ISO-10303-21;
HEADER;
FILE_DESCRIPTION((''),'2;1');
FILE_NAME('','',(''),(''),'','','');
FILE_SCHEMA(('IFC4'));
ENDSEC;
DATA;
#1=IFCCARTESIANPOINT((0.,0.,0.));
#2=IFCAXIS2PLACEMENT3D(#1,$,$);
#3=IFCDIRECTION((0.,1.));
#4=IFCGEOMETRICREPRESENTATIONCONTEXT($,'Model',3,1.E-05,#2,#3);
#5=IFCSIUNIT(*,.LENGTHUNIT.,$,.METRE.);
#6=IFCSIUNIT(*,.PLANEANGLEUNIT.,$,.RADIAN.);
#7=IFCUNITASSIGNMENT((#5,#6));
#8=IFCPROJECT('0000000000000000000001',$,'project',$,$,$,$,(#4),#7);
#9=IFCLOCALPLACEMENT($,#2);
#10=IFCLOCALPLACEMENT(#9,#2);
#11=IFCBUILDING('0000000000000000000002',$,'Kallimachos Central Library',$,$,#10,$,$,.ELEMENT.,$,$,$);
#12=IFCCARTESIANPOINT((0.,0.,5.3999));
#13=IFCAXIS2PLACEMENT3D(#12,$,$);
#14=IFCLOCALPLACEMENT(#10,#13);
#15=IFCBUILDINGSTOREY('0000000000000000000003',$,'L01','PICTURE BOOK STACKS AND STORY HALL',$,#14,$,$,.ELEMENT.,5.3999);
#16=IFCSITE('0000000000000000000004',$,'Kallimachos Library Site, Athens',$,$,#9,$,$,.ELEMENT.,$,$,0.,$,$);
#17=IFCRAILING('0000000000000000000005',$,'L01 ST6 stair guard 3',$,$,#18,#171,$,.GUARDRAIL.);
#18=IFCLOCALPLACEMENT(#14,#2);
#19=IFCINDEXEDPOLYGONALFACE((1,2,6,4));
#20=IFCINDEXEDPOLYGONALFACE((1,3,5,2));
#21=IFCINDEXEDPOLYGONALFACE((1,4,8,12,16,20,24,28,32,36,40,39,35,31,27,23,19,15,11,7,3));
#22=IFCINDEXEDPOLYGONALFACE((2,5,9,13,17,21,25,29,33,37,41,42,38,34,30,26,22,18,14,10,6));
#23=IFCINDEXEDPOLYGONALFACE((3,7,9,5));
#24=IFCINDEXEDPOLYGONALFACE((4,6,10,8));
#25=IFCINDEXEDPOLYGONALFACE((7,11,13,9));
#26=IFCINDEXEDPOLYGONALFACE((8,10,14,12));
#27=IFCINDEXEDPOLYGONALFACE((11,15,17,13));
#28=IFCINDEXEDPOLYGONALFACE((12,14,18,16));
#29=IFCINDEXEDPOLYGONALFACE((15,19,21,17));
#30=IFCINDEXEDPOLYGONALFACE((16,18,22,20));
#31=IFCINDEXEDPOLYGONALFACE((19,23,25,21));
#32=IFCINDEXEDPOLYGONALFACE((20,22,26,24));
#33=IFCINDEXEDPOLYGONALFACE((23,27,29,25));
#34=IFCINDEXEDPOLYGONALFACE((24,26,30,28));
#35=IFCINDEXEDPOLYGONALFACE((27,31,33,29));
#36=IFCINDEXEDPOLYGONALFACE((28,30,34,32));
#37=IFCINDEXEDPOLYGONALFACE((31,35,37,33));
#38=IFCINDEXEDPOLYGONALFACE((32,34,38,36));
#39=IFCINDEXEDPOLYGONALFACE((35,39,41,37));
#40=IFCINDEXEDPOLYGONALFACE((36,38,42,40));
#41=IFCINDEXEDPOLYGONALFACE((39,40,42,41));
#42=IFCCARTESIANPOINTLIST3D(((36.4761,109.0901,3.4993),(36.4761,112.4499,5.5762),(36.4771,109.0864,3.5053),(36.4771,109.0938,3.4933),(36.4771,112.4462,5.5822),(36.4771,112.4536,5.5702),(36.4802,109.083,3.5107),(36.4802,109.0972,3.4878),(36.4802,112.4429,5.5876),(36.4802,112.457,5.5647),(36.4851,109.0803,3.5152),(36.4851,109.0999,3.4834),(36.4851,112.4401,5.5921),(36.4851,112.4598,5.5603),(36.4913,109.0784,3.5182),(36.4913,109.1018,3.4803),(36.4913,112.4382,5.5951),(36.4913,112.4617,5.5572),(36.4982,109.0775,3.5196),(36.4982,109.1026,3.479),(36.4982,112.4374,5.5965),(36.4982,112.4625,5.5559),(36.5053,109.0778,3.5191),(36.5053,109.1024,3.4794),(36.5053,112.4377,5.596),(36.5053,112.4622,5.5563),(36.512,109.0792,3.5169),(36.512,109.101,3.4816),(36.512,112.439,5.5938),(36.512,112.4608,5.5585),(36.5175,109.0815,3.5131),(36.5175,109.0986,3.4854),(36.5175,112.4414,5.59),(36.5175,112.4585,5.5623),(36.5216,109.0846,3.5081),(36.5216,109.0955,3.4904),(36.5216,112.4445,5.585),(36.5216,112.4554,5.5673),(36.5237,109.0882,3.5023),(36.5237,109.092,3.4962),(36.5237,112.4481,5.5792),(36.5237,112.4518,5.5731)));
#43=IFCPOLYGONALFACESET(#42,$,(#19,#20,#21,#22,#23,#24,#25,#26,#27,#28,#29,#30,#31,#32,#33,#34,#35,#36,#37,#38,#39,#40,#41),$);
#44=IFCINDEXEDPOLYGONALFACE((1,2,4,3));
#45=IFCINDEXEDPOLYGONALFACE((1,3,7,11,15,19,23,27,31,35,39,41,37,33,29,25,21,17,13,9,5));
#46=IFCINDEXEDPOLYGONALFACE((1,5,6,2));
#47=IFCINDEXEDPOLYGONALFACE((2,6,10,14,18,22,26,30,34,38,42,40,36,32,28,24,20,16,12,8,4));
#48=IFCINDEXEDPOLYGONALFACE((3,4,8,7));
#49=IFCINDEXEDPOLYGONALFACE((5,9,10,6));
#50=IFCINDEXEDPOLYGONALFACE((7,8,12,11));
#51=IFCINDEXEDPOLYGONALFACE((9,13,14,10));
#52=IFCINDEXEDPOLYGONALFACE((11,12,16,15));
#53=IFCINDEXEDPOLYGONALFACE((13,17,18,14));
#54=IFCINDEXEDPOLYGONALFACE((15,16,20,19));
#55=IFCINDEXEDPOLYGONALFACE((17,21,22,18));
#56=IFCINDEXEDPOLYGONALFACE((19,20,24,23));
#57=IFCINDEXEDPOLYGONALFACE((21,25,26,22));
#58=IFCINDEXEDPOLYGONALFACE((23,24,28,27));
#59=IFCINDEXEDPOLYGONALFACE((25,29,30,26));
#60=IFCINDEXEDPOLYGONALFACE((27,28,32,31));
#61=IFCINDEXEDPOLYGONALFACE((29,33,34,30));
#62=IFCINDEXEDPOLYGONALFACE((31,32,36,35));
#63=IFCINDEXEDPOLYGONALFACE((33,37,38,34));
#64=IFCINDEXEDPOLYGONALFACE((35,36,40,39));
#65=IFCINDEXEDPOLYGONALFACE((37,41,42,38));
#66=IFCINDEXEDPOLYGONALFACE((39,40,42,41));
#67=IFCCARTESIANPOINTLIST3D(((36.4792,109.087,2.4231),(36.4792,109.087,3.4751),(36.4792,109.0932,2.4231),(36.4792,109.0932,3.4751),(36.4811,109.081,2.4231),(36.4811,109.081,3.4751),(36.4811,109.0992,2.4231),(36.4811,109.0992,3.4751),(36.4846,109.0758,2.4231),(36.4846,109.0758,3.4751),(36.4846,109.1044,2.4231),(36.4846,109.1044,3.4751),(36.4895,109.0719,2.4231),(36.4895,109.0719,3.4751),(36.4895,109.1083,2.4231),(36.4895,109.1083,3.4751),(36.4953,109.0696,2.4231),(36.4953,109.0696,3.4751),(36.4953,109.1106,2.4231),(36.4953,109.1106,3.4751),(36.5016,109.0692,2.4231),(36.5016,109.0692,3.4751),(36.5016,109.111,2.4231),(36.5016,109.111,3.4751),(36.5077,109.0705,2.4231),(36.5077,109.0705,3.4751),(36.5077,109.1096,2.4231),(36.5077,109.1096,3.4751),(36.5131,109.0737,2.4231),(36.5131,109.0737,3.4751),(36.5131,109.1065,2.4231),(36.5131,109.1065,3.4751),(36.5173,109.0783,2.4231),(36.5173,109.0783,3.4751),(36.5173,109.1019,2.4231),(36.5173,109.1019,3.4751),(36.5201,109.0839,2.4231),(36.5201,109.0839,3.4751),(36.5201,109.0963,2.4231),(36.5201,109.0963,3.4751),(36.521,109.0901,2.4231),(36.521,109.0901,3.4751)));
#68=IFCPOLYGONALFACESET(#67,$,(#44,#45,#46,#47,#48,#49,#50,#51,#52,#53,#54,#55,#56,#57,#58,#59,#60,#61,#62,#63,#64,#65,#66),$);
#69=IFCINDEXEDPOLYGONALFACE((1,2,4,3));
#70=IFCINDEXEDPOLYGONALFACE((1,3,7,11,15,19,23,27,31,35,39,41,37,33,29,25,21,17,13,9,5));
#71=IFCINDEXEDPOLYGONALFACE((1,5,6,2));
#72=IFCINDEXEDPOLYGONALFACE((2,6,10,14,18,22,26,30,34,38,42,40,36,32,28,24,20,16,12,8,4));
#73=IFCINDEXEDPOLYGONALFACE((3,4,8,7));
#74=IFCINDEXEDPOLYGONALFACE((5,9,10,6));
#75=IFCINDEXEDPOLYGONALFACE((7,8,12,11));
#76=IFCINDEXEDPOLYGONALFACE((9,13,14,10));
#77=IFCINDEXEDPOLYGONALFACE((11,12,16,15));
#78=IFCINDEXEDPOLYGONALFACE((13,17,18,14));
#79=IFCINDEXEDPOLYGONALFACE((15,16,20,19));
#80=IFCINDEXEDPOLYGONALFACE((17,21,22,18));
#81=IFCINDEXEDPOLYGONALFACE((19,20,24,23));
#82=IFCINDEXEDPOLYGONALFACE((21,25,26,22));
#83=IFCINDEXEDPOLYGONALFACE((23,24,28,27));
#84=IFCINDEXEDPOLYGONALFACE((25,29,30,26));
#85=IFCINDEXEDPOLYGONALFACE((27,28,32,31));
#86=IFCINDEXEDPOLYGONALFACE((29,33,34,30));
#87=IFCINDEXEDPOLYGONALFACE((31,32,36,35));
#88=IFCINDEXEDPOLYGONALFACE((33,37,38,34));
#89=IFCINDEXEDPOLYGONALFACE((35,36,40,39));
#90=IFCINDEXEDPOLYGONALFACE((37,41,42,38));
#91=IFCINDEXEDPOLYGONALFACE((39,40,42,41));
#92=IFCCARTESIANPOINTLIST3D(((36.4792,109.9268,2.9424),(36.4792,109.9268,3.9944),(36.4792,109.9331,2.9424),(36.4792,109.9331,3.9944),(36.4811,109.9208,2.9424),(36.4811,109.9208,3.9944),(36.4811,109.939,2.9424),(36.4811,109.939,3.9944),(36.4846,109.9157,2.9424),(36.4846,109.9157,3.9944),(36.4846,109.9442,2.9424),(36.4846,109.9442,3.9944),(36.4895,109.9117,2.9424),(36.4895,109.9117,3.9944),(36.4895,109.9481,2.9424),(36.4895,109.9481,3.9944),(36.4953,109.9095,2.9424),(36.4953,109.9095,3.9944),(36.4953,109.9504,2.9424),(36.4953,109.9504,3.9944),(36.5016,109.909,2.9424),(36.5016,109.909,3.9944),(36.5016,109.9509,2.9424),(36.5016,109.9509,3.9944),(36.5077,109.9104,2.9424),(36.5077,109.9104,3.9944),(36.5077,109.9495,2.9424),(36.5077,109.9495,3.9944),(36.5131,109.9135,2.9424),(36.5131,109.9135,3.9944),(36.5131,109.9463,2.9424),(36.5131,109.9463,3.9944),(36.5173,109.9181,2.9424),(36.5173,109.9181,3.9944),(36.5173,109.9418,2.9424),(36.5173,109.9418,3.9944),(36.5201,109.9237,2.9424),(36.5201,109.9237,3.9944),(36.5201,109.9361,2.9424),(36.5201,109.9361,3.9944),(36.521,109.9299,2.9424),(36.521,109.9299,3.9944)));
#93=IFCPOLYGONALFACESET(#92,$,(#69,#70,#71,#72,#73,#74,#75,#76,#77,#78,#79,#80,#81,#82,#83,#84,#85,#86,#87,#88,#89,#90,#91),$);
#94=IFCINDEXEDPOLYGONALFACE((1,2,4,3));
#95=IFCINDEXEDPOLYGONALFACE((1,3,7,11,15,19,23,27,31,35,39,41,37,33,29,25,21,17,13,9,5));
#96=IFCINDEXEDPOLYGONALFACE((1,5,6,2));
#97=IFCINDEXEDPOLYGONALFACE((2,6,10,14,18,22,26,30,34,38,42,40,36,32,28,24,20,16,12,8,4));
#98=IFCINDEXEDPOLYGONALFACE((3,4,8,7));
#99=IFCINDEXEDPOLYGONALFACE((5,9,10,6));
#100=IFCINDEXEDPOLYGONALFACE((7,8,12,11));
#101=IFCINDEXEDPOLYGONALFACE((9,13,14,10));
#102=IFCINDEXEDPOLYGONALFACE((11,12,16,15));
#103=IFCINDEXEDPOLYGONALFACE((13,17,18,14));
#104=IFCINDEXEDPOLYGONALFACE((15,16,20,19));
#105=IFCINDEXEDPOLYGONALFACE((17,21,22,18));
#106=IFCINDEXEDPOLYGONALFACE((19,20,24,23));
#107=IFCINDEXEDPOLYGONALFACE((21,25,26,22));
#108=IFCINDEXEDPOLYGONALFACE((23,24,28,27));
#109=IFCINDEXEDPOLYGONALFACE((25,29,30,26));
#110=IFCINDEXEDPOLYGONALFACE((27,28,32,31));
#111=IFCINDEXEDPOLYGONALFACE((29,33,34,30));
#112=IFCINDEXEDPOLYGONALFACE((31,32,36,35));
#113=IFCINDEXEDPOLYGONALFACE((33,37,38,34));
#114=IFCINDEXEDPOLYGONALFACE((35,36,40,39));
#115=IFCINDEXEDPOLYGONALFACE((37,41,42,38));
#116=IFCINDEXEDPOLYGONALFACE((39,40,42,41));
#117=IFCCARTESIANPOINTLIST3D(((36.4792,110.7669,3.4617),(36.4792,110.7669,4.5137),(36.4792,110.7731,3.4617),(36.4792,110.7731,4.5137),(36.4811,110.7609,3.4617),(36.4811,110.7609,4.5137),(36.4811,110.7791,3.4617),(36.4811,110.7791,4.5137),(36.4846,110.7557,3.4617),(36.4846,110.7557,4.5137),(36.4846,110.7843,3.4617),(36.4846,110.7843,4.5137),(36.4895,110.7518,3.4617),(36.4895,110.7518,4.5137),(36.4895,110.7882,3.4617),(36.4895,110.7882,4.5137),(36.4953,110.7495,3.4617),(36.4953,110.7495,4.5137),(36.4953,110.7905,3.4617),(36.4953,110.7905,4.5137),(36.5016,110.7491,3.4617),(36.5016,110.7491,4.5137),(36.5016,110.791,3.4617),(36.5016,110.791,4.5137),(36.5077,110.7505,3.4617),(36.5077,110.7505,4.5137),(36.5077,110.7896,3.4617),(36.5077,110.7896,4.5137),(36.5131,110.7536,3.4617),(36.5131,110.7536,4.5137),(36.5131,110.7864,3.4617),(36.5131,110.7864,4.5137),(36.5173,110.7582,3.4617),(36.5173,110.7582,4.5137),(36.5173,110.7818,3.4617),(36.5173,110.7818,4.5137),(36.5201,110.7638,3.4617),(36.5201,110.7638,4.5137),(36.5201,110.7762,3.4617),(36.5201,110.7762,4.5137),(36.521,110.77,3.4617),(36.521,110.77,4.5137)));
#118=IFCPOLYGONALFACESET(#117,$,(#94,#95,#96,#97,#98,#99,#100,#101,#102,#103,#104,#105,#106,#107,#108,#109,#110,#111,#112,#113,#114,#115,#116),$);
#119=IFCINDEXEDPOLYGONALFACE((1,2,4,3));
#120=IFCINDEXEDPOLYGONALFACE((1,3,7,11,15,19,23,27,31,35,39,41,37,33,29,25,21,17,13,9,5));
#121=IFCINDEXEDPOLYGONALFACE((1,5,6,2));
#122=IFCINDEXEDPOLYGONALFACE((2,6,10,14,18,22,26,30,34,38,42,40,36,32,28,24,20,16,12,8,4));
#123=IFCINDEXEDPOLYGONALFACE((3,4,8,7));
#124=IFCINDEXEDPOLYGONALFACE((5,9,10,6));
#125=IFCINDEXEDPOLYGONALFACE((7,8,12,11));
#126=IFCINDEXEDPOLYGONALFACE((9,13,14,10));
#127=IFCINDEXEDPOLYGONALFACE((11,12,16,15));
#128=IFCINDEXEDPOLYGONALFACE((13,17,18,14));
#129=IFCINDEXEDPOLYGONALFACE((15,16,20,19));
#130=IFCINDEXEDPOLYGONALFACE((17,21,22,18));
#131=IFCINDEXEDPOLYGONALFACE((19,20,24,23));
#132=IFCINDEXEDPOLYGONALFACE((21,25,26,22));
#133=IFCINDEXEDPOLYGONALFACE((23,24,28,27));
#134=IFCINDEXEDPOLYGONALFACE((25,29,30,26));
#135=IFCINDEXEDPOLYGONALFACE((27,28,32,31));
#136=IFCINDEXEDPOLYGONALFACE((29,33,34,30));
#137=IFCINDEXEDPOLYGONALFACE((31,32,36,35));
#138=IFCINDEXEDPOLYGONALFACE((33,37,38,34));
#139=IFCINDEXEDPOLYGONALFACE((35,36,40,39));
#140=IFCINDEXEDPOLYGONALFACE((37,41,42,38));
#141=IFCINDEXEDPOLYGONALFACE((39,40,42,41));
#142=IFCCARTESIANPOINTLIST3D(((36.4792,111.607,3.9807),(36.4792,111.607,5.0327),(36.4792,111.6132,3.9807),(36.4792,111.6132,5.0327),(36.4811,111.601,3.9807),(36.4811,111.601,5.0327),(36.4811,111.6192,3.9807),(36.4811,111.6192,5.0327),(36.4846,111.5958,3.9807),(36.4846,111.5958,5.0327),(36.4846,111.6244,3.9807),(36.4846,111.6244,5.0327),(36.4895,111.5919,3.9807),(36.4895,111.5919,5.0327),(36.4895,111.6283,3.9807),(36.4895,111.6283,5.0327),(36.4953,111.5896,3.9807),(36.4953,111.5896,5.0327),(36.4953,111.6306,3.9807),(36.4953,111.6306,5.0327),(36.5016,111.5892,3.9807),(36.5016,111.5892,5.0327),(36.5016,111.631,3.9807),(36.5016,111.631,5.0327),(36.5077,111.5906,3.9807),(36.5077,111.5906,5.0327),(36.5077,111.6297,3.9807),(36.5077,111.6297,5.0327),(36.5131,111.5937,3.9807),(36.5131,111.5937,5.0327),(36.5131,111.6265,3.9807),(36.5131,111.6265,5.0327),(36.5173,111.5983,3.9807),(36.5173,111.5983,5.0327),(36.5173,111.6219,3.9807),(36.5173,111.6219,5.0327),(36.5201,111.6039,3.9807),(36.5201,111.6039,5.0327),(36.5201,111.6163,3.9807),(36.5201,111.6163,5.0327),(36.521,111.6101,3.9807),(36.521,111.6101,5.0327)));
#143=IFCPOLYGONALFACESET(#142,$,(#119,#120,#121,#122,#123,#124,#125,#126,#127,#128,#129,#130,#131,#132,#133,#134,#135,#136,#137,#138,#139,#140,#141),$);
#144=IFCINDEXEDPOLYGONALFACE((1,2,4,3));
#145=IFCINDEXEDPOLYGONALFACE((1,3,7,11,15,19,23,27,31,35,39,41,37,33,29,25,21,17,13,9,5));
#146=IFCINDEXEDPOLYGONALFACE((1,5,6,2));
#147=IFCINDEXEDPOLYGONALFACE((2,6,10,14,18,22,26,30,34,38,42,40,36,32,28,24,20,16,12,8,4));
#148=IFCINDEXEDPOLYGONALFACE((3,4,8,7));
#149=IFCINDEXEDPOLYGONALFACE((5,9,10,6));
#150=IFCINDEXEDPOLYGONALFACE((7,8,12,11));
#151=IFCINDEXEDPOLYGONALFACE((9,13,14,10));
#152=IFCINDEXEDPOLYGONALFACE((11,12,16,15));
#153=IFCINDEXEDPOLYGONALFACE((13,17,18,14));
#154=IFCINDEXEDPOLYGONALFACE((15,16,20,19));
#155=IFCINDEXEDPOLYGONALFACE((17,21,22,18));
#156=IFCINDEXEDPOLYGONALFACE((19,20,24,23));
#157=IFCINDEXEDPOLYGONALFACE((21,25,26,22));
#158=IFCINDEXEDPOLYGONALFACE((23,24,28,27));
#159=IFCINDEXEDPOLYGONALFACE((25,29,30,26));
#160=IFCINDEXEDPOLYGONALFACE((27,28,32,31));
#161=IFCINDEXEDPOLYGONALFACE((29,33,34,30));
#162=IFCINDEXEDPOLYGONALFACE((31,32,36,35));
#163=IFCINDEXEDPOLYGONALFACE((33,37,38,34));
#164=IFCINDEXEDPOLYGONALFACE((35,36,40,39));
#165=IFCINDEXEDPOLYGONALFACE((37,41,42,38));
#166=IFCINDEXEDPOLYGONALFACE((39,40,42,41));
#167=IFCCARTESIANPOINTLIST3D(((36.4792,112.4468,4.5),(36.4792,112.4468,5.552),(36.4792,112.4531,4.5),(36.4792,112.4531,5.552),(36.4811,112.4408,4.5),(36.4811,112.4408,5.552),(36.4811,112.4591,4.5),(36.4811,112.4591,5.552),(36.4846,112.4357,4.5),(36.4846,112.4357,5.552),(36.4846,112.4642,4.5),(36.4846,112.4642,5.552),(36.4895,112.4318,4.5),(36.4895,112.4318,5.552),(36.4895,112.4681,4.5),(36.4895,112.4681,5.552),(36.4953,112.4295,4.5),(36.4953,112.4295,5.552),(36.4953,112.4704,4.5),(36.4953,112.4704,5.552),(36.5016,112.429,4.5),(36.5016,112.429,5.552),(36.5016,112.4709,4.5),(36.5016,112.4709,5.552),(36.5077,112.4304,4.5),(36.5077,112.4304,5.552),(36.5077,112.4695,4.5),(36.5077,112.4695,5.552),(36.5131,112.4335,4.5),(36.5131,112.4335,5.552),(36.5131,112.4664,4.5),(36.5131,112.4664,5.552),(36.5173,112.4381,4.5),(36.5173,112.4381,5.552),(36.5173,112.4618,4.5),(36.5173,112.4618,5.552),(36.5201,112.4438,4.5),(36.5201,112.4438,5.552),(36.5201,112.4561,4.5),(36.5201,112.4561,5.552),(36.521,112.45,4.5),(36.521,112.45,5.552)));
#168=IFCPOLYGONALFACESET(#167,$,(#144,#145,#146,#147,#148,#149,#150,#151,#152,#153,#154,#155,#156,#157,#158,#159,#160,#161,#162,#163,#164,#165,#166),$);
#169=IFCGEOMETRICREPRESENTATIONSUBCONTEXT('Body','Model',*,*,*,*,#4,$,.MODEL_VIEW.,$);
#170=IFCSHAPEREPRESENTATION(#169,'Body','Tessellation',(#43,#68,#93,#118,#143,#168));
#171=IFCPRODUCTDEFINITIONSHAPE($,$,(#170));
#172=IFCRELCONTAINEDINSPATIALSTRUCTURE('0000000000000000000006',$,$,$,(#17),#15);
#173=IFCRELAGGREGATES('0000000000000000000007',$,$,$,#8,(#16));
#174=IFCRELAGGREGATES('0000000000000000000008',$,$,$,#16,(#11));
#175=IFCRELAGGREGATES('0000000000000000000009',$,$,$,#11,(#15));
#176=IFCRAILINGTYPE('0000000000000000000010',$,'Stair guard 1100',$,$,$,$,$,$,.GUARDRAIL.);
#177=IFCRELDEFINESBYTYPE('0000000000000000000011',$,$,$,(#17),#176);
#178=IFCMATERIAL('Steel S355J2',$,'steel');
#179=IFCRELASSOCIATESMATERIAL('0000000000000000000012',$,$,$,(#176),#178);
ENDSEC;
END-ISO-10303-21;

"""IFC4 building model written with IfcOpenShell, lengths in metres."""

from ifc_helpers import new_model, si_unit, direction, frame, origin, origin_2d, place, context, subcontext, project, spatial, circle, extrude, material, type_object, element, save


model = new_model("IFC4")

# Units and contexts
model_context = context("Model", 3, precision=1e-05, world=origin(), true_north=direction((0.0, 1.0)))
body_context = subcontext(model_context, "Body", "Model", "MODEL_VIEW")
ifc_project = project(units=[si_unit("LENGTHUNIT", "METRE"), si_unit("PLANEANGLEUNIT", "RADIAN")], contexts=[model_context])

# Site, building, storey
site_placement = place(None, origin())
site = spatial("IfcSite", under=ifc_project, at=site_placement, Name="Kallimachos Library Site, Athens", CompositionType="ELEMENT", RefElevation=0.0)
building_placement = place(site_placement, origin())
building = spatial("IfcBuilding", under=site, at=building_placement, Name="Kallimachos Central Library", CompositionType="ELEMENT")
storey_placement = place(building_placement, frame((0.0, 0.0, 5.3999)))
storey = spatial("IfcBuildingStorey", under=building, at=storey_placement, Name="L01", Description="PICTURE BOOK STACKS AND STORY HALL", CompositionType="ELEMENT", Elevation=5.3999)

# Railing
ifc_material_1 = material(Name="Steel S355J2", Category="steel")
railing_type_1 = type_object("IfcRailingType", Name="Stair guard 1100", PredefinedType="GUARDRAIL", material=ifc_material_1)
railing_1_placement = place(storey_placement, frame((36.5, 109.0901, 2.4231)))
element("IfcRailing", 1, at=railing_1_placement, inside=storey, type_object=railing_type_1, Name="L01 ST6 stair guard 3", PredefinedType="GUARDRAIL", context=body_context, shape_type="SweptSolid", body=[
    extrude(circle(Radius=0.0239, at=origin_2d()), frame((0.0, 0.0, 1.0762), z_axis=(0.0, 0.850606, 0.525803), x_axis=(-1.0, 0.0, 0.0)), (0.0, 0.0, 1.0), 3.95),
    extrude(circle(Radius=0.021, at=origin_2d()), origin(), (0.0, 0.0, 1.0), 1.052),
    extrude(circle(Radius=0.021, at=origin_2d()), frame((0.0, 0.8398, 0.5193)), (0.0, 0.0, 1.0), 1.052),
    extrude(circle(Radius=0.021, at=origin_2d()), frame((0.0, 1.6799, 1.0386)), (0.0, 0.0, 1.0), 1.052),
    extrude(circle(Radius=0.021, at=origin_2d()), frame((0.0, 2.52, 1.5576)), (0.0, 0.0, 1.0), 1.052),
    extrude(circle(Radius=0.021, at=origin_2d()), frame((0.0, 3.3599, 2.0769)), (0.0, 0.0, 1.0), 1.052),
])

save(model, "model.ifc")
